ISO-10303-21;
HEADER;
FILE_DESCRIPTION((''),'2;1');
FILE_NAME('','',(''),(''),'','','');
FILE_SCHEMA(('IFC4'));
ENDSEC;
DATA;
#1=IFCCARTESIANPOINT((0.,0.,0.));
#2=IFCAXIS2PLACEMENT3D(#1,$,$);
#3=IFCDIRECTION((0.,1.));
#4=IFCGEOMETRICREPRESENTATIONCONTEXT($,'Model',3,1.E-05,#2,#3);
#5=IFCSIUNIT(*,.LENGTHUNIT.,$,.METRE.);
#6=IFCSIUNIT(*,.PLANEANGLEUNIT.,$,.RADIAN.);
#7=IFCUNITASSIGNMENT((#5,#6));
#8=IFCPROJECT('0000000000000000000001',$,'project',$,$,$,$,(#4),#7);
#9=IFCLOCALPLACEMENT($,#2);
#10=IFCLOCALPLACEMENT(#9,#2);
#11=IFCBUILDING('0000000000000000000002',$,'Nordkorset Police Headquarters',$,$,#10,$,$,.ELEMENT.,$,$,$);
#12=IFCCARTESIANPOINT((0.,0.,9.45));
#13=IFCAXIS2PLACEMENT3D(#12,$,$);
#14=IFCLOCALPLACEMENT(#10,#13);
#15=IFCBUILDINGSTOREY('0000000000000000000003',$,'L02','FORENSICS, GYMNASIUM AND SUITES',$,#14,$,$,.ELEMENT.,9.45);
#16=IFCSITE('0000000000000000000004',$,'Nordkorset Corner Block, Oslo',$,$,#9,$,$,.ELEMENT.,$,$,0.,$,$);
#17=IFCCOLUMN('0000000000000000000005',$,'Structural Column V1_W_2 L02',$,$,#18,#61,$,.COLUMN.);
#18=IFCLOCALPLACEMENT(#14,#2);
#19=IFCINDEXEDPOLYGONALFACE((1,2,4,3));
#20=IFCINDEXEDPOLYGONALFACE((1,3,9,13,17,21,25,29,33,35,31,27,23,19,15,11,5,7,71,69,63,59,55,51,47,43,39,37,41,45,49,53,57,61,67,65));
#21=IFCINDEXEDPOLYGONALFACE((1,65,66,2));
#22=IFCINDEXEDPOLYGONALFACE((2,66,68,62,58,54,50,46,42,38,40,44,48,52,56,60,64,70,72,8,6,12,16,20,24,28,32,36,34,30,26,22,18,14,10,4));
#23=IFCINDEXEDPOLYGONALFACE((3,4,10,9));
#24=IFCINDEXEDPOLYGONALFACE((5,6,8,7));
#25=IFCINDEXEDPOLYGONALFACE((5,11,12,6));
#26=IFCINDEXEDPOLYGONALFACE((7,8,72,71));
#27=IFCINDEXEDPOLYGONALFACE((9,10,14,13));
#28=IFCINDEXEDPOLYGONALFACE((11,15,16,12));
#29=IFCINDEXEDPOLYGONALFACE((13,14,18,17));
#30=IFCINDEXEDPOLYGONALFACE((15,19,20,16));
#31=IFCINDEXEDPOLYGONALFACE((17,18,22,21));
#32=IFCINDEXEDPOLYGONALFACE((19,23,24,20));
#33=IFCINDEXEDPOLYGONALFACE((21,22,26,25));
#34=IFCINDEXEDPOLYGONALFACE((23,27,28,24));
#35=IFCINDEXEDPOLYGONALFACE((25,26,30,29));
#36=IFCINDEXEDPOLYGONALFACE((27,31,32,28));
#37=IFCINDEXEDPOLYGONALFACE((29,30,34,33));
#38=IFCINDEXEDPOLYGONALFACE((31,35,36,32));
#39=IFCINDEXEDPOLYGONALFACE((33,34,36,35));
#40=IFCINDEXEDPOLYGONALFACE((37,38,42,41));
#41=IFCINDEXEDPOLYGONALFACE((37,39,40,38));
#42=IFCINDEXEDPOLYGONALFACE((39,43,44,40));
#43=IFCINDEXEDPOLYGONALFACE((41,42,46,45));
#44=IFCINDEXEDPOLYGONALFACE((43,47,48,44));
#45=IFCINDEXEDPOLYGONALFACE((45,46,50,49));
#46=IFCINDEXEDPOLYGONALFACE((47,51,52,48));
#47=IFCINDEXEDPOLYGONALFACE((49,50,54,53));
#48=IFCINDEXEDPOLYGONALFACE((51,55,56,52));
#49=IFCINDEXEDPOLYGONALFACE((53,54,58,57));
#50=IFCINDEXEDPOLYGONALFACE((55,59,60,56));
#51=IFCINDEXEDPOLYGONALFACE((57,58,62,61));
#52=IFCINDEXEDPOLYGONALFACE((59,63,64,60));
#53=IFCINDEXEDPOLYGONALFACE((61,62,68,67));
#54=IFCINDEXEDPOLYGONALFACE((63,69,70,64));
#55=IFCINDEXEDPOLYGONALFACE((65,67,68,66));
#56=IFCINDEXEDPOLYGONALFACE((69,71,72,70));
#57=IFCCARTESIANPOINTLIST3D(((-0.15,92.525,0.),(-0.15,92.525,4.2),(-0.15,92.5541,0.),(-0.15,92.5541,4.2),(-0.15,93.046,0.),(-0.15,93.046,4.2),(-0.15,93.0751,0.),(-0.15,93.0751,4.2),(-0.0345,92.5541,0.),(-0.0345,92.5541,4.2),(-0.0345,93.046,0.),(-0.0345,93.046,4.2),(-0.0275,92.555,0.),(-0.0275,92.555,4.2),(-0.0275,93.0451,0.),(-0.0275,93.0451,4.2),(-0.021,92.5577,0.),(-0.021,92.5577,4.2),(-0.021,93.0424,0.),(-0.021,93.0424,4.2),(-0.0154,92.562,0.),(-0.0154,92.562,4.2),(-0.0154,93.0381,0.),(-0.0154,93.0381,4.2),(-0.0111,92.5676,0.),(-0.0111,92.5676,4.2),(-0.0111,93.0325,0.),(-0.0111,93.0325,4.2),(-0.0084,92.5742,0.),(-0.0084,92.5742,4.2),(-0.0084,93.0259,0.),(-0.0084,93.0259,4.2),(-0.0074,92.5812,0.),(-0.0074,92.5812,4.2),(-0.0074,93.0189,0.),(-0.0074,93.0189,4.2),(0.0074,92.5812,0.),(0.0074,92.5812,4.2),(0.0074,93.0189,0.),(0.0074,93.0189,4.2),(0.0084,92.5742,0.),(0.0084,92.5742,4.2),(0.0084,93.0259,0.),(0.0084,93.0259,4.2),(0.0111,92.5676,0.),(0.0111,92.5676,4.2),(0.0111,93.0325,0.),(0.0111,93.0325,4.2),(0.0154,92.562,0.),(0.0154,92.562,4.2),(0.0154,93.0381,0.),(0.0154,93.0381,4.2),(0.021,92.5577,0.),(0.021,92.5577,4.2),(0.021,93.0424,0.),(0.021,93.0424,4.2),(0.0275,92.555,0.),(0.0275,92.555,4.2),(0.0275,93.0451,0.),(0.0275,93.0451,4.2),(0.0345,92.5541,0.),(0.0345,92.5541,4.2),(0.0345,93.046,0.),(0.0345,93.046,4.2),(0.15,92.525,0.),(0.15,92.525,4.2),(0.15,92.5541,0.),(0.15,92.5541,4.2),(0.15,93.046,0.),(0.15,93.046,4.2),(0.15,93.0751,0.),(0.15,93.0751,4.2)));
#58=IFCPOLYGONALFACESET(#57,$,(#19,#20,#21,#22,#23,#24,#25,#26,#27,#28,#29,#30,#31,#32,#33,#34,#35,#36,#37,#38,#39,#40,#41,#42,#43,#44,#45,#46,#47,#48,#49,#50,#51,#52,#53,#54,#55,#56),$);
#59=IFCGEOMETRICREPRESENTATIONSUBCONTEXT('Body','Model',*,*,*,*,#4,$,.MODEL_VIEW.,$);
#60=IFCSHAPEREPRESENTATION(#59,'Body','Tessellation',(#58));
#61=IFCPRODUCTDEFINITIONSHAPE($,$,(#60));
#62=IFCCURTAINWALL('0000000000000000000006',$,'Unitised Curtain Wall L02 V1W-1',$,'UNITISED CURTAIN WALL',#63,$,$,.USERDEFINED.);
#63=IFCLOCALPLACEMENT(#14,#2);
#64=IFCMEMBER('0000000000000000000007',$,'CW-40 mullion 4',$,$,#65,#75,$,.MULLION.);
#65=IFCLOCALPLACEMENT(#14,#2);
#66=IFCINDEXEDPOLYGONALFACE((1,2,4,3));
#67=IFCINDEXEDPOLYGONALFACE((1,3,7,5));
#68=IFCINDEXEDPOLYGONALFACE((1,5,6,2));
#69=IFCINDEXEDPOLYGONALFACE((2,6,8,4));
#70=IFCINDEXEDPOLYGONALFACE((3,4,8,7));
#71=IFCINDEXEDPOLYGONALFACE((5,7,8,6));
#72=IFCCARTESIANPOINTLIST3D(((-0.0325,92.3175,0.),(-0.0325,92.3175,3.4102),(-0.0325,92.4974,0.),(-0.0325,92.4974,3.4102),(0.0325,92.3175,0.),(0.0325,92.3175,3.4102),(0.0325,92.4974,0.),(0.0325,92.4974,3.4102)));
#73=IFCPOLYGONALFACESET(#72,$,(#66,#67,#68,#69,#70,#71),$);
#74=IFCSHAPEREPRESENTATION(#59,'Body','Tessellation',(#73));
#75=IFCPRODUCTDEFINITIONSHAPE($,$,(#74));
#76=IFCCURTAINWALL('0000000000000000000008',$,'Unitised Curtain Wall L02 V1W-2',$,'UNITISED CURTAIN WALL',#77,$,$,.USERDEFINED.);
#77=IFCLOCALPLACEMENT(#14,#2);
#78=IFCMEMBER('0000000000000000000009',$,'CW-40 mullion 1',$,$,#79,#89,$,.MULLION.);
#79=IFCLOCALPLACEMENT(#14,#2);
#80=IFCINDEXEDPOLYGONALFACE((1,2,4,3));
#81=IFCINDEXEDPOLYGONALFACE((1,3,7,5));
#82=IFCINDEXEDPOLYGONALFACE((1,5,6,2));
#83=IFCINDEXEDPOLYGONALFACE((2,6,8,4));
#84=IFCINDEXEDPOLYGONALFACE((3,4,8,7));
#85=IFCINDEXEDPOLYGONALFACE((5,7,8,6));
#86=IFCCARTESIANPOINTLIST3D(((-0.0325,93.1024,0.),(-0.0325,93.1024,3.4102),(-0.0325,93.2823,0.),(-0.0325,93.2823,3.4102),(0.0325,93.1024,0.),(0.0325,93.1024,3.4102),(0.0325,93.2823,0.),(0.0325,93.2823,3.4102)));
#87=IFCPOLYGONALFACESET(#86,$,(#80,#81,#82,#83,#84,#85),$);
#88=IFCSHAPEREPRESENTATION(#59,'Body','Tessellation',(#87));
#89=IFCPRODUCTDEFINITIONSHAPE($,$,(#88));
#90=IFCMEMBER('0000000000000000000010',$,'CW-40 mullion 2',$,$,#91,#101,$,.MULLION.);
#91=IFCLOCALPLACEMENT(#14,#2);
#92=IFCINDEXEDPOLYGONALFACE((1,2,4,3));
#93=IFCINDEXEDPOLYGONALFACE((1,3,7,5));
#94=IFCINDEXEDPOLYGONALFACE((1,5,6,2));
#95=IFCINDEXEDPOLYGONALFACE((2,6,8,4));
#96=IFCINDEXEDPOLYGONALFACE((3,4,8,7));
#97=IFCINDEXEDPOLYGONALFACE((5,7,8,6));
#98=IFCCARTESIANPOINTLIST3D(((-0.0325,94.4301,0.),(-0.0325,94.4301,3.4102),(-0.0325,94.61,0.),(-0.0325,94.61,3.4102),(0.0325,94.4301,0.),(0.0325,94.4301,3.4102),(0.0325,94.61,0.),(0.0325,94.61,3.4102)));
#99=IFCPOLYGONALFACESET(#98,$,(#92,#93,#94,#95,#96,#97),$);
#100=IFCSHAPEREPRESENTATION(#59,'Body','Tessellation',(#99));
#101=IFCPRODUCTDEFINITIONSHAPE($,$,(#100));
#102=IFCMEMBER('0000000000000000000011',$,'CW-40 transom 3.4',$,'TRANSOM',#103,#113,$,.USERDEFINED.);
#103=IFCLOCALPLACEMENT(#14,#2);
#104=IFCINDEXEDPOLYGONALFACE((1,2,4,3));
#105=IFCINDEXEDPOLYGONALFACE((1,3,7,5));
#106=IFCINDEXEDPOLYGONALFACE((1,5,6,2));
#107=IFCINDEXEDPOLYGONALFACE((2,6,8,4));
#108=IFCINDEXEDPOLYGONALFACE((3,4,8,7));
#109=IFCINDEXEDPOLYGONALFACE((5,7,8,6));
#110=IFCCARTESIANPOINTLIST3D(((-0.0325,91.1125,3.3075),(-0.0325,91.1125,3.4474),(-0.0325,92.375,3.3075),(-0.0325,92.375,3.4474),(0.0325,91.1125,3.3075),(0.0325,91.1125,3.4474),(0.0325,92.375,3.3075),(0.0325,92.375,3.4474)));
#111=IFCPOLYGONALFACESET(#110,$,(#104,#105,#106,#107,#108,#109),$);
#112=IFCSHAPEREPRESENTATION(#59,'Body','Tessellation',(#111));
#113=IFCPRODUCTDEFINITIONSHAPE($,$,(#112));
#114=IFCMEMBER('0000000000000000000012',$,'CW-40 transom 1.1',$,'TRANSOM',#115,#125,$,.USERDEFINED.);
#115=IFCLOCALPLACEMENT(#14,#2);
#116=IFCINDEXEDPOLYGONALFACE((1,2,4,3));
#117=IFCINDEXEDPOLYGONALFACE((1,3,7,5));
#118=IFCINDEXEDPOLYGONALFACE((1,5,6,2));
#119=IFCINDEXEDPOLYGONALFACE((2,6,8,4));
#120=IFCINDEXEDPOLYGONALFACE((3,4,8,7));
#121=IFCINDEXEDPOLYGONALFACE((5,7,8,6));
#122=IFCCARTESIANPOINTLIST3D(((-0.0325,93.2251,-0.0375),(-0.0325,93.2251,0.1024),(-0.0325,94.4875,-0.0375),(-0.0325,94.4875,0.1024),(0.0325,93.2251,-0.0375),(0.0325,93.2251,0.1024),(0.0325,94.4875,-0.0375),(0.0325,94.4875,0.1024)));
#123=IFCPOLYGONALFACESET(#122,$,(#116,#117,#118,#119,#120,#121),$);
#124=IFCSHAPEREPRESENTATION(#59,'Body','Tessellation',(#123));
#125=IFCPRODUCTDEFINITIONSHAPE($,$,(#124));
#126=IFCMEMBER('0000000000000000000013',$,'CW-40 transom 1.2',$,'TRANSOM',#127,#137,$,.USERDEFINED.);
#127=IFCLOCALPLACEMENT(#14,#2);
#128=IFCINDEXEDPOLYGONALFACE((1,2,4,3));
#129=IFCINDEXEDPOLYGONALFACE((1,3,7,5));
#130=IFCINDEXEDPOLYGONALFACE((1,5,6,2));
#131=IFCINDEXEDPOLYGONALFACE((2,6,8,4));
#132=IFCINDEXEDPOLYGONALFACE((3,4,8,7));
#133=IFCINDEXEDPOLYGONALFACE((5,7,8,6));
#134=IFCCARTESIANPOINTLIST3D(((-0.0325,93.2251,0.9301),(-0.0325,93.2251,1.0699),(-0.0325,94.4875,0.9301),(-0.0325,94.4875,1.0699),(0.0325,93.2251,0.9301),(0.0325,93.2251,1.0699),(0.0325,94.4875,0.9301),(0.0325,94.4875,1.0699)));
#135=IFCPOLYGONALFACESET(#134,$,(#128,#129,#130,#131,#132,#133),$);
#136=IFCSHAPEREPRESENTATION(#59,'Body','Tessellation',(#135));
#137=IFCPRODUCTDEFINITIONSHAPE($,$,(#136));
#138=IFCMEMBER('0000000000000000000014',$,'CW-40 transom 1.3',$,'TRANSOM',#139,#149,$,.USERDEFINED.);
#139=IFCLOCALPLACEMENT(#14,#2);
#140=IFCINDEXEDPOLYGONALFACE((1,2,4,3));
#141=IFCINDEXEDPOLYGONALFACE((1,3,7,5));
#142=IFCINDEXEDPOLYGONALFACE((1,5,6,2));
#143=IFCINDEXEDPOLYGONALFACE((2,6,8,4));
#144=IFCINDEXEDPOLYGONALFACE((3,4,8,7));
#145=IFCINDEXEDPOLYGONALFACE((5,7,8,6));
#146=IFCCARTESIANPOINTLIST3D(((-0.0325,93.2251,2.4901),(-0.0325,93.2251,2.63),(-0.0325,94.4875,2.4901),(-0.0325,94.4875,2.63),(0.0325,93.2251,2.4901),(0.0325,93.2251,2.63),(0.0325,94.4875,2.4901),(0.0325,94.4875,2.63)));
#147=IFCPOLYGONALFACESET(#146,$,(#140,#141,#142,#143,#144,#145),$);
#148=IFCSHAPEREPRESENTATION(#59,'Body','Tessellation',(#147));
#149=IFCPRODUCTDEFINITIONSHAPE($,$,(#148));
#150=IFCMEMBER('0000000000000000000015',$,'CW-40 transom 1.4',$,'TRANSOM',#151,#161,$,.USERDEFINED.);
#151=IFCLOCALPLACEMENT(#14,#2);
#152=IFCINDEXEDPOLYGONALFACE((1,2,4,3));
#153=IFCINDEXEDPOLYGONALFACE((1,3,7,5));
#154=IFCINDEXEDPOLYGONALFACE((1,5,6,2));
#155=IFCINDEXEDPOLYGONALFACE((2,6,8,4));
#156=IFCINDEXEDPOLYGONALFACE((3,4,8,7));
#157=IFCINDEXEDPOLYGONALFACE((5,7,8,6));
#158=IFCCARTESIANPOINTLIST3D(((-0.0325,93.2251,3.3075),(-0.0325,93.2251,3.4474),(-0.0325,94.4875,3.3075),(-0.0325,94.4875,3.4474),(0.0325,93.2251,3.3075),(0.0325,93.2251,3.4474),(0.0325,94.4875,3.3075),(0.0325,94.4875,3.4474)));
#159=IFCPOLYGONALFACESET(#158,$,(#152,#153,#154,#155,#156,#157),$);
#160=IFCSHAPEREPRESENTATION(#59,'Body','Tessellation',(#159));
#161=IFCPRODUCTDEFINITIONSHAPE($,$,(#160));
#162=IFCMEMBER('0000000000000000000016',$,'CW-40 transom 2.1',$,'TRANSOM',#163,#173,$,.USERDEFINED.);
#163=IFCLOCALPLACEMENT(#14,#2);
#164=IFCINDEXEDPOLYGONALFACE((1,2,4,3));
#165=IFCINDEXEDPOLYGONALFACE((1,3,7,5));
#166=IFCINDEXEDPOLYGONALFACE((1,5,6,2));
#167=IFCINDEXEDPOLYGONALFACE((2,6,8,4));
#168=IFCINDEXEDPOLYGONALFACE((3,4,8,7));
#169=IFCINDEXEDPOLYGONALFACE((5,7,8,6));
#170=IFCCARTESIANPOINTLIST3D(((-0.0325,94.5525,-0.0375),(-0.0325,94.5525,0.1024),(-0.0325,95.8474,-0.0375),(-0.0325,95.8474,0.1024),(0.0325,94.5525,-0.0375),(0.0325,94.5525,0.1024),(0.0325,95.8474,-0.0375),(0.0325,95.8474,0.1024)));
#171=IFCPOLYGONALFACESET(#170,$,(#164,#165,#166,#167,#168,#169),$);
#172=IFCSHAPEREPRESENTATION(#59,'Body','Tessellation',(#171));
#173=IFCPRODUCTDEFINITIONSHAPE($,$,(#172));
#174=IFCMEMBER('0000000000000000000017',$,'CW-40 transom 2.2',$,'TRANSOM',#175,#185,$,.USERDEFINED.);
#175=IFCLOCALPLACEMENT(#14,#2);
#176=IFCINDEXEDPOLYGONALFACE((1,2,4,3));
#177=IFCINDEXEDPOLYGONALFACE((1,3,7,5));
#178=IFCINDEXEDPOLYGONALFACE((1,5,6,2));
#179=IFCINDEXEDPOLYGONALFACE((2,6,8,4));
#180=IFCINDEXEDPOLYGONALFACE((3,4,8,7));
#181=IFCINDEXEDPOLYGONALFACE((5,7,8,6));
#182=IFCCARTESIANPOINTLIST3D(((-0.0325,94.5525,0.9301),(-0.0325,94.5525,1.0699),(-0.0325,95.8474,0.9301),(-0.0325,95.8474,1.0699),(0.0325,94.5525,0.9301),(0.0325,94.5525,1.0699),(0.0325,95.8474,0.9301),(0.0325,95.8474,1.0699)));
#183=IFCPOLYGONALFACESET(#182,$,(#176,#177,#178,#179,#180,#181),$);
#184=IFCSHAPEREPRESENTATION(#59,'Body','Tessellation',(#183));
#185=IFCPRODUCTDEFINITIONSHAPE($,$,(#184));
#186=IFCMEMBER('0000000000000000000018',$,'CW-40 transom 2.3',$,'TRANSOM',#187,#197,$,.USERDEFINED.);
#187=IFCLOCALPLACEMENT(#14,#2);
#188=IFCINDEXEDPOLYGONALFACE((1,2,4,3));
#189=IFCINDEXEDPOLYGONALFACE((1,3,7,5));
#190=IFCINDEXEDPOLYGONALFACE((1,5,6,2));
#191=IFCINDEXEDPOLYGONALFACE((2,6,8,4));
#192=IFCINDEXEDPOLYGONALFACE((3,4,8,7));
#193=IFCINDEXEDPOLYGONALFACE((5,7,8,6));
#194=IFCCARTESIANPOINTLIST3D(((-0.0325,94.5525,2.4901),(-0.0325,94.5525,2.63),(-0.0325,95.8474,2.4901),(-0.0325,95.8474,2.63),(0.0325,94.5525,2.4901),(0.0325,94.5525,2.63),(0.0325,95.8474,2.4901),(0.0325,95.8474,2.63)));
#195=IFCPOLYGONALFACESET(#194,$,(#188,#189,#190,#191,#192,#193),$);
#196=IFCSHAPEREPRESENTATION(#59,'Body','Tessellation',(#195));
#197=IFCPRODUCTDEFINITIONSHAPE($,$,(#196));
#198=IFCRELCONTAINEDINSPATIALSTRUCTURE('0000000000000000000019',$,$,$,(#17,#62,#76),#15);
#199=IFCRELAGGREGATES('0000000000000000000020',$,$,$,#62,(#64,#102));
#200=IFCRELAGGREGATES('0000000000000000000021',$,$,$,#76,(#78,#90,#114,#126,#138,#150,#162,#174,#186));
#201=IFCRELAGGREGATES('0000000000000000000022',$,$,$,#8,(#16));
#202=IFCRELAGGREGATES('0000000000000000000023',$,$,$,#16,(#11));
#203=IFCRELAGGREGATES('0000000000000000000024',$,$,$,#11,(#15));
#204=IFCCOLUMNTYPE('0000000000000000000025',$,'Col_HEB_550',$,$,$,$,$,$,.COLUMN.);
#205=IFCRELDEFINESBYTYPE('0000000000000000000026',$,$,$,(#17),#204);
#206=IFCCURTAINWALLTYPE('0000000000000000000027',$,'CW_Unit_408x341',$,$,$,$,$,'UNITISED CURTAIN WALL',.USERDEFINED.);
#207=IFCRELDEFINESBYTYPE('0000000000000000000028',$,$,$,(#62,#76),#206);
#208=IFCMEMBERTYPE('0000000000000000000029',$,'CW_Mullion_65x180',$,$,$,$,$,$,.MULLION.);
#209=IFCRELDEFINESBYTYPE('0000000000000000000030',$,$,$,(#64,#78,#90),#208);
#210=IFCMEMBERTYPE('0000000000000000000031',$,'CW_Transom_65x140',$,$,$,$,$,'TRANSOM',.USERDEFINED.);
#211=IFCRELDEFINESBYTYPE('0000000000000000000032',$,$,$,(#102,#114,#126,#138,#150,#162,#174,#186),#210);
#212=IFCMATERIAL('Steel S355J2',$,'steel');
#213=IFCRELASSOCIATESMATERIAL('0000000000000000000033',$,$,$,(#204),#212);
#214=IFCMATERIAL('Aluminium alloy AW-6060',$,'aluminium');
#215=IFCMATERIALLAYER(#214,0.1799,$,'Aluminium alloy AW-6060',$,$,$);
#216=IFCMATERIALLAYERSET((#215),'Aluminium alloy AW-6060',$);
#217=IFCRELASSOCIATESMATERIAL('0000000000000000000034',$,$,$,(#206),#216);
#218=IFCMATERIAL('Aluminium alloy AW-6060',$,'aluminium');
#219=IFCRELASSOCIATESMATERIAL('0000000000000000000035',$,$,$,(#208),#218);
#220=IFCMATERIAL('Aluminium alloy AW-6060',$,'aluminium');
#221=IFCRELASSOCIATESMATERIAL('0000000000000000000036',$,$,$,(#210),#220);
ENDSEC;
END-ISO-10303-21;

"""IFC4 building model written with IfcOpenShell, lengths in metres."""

from ifc_helpers import new_model, si_unit, direction, frame, origin, origin_2d, place, context, subcontext, project, spatial, rectangle, i_section, extrude, material, layer, layer_set, material_profile, profile_set, type_object, element, aggregate, save


model = new_model("IFC4")

# Units and contexts
model_context = context("Model", 3, precision=1e-05, world=origin(), true_north=direction((0.0, 1.0)))
body_context = subcontext(model_context, "Body", "Model", "MODEL_VIEW")
ifc_project = project(units=[si_unit("LENGTHUNIT", "METRE"), si_unit("PLANEANGLEUNIT", "RADIAN")], contexts=[model_context])

# Site, building, storey
site_placement = place(None, origin())
site = spatial("IfcSite", under=ifc_project, at=site_placement, Name="Nordkorset Corner Block, Oslo", CompositionType="ELEMENT", RefElevation=0.0)
building_placement = place(site_placement, origin())
building = spatial("IfcBuilding", under=site, at=building_placement, Name="Nordkorset Police Headquarters", CompositionType="ELEMENT")
storey_placement = place(building_placement, frame((0.0, 0.0, 9.45)))
storey = spatial("IfcBuildingStorey", under=building, at=storey_placement, Name="L02", Description="FORENSICS, GYMNASIUM AND SUITES", CompositionType="ELEMENT", Elevation=9.45)

# Column
ifc_material_1 = material(Name="Steel S355J2", Category="steel")
ifc_material_profile_1 = material_profile(ifc_material_1, i_section(OverallWidth=0.3, OverallDepth=0.55, WebThickness=0.0149, FlangeThickness=0.0291, FilletRadius=0.0271, at=origin_2d()), Name="HEB 550")
ifc_profile_set_1 = profile_set([ifc_material_profile_1], Name="Steel S355J2")
column_type = type_object("IfcColumnType", Name="Col_HEB_550", PredefinedType="COLUMN", material=ifc_profile_set_1)
column_placement = place(storey_placement, frame((0.0, 92.8, 0.0), z_axis=(0.0, 0.0, 1.0), x_axis=(1.0, 0.0, 0.0)))
element("IfcColumn", 1, at=column_placement, inside=storey, type_object=column_type, Name="Structural Column V1_W_2 L02", PredefinedType="COLUMN", context=body_context, shape_type="SweptSolid", body=[
    extrude(i_section(OverallWidth=0.3, OverallDepth=0.55, WebThickness=0.0149, FlangeThickness=0.0291, FilletRadius=0.0271, at=origin_2d()), origin(), (0.0, 0.0, 1.0), 4.2),
])

# Curtain wall, member
ifc_material_2 = material(Name="Aluminium alloy AW-6060", Category="aluminium")
ifc_layer_1 = layer(ifc_material_2, 0.1799, Name="Aluminium alloy AW-6060")
ifc_layer_set_1 = layer_set([ifc_layer_1], Name="Aluminium alloy AW-6060")
curtain_wall_type = type_object("IfcCurtainWallType", Name="CW_Unit_408x341", ElementType="UNITISED CURTAIN WALL", PredefinedType="USERDEFINED", material=ifc_layer_set_1)
curtain_wall_1_placement = place(storey_placement, origin())
curtain_wall_1 = element("IfcCurtainWall", 2, at=curtain_wall_1_placement, inside=storey, type_object=curtain_wall_type, Name="Unitised Curtain Wall L02 V1W-1", ObjectType="UNITISED CURTAIN WALL", PredefinedType="USERDEFINED")
ifc_material_3 = material(Name="Aluminium alloy AW-6060", Category="aluminium")
ifc_material_profile_2 = material_profile(ifc_material_3, rectangle(XDim=0.0649, YDim=0.1799, at=origin_2d()), Name="ALU MULL 65x180")
ifc_profile_set_2 = profile_set([ifc_material_profile_2], Name="Aluminium alloy AW-6060")
member_type_1 = type_object("IfcMemberType", Name="CW_Mullion_65x180", PredefinedType="MULLION", material=ifc_profile_set_2)
member_1_placement = place(storey_placement, frame((0.0, 92.4075, 0.0), z_axis=(0.0, 0.0, 1.0), x_axis=(-1.0, 0.0, 0.0)))
member_1 = element("IfcMember", 3, at=member_1_placement, type_object=member_type_1, Name="CW-40 mullion 4", PredefinedType="MULLION", context=body_context, shape_type="SweptSolid", body=[
    extrude(rectangle(XDim=0.0649, YDim=0.1799, at=origin_2d()), origin(), (0.0, 0.0, 1.0), 3.4102),
])

# Curtain wall, members
curtain_wall_2_placement = place(storey_placement, origin())
curtain_wall_2 = element("IfcCurtainWall", 4, at=curtain_wall_2_placement, inside=storey, type_object=curtain_wall_type, Name="Unitised Curtain Wall L02 V1W-2", ObjectType="UNITISED CURTAIN WALL", PredefinedType="USERDEFINED")
member_2_placement = place(storey_placement, frame((0.0, 93.1924, 0.0), z_axis=(0.0, 0.0, 1.0), x_axis=(-1.0, 0.0, 0.0)))
member_2 = element("IfcMember", 5, at=member_2_placement, type_object=member_type_1, Name="CW-40 mullion 1", PredefinedType="MULLION", context=body_context, shape_type="SweptSolid", body=[
    extrude(rectangle(XDim=0.0649, YDim=0.1799, at=origin_2d()), origin(), (0.0, 0.0, 1.0), 3.4102),
])
member_3_placement = place(storey_placement, frame((0.0, 94.52, 0.0), z_axis=(0.0, 0.0, 1.0), x_axis=(-1.0, 0.0, 0.0)))
member_3 = element("IfcMember", 6, at=member_3_placement, type_object=member_type_1, Name="CW-40 mullion 2", PredefinedType="MULLION", context=body_context, shape_type="SweptSolid", body=[
    extrude(rectangle(XDim=0.0649, YDim=0.1799, at=origin_2d()), origin(), (0.0, 0.0, 1.0), 3.4102),
])

# Members
ifc_material_4 = material(Name="Aluminium alloy AW-6060", Category="aluminium")
ifc_material_profile_3 = material_profile(ifc_material_4, rectangle(XDim=0.0649, YDim=0.1399, at=origin_2d()), Name="ALU TRAN 65x140")
ifc_profile_set_3 = profile_set([ifc_material_profile_3], Name="Aluminium alloy AW-6060")
member_type_2 = type_object("IfcMemberType", Name="CW_Transom_65x140", ElementType="TRANSOM", PredefinedType="USERDEFINED", material=ifc_profile_set_3)
member_4_placement = place(storey_placement, frame((0.0, 91.1125, 3.3774), z_axis=(0.0, 1.0, 0.0), x_axis=(-1.0, 0.0, 0.0)))
member_4 = element("IfcMember", 7, at=member_4_placement, type_object=member_type_2, Name="CW-40 transom 3.4", ObjectType="TRANSOM", PredefinedType="USERDEFINED", context=body_context, shape_type="SweptSolid", body=[
    extrude(rectangle(XDim=0.0649, YDim=0.1399, at=origin_2d()), origin(), (0.0, 0.0, 1.0), 1.2625),
])
member_5_placement = place(storey_placement, frame((0.0, 93.2251, 0.0325), z_axis=(0.0, 1.0, 0.0), x_axis=(-1.0, 0.0, 0.0)))
member_5 = element("IfcMember", 8, at=member_5_placement, type_object=member_type_2, Name="CW-40 transom 1.1", ObjectType="TRANSOM", PredefinedType="USERDEFINED", context=body_context, shape_type="SweptSolid", body=[
    extrude(rectangle(XDim=0.0649, YDim=0.1399, at=origin_2d()), origin(), (0.0, 0.0, 1.0), 1.2625),
])
member_6_placement = place(storey_placement, frame((0.0, 93.2251, 1.0), z_axis=(0.0, 1.0, 0.0), x_axis=(-1.0, 0.0, 0.0)))
member_6 = element("IfcMember", 9, at=member_6_placement, type_object=member_type_2, Name="CW-40 transom 1.2", ObjectType="TRANSOM", PredefinedType="USERDEFINED", context=body_context, shape_type="SweptSolid", body=[
    extrude(rectangle(XDim=0.0649, YDim=0.1399, at=origin_2d()), origin(), (0.0, 0.0, 1.0), 1.2625),
])
member_7_placement = place(storey_placement, frame((0.0, 93.2251, 2.5601), z_axis=(0.0, 1.0, 0.0), x_axis=(-1.0, 0.0, 0.0)))
member_7 = element("IfcMember", 10, at=member_7_placement, type_object=member_type_2, Name="CW-40 transom 1.3", ObjectType="TRANSOM", PredefinedType="USERDEFINED", context=body_context, shape_type="SweptSolid", body=[
    extrude(rectangle(XDim=0.0649, YDim=0.1399, at=origin_2d()), origin(), (0.0, 0.0, 1.0), 1.2625),
])
member_8_placement = place(storey_placement, frame((0.0, 93.2251, 3.3774), z_axis=(0.0, 1.0, 0.0), x_axis=(-1.0, 0.0, 0.0)))
member_8 = element("IfcMember", 11, at=member_8_placement, type_object=member_type_2, Name="CW-40 transom 1.4", ObjectType="TRANSOM", PredefinedType="USERDEFINED", context=body_context, shape_type="SweptSolid", body=[
    extrude(rectangle(XDim=0.0649, YDim=0.1399, at=origin_2d()), origin(), (0.0, 0.0, 1.0), 1.2625),
])
member_9_placement = place(storey_placement, frame((0.0, 94.5525, 0.0325), z_axis=(0.0, 1.0, 0.0), x_axis=(-1.0, 0.0, 0.0)))
member_9 = element("IfcMember", 12, at=member_9_placement, type_object=member_type_2, Name="CW-40 transom 2.1", ObjectType="TRANSOM", PredefinedType="USERDEFINED", context=body_context, shape_type="SweptSolid", body=[
    extrude(rectangle(XDim=0.0649, YDim=0.1399, at=origin_2d()), origin(), (0.0, 0.0, 1.0), 1.2949),
])
member_10_placement = place(storey_placement, frame((0.0, 94.5525, 1.0), z_axis=(0.0, 1.0, 0.0), x_axis=(-1.0, 0.0, 0.0)))
member_10 = element("IfcMember", 13, at=member_10_placement, type_object=member_type_2, Name="CW-40 transom 2.2", ObjectType="TRANSOM", PredefinedType="USERDEFINED", context=body_context, shape_type="SweptSolid", body=[
    extrude(rectangle(XDim=0.0649, YDim=0.1399, at=origin_2d()), origin(), (0.0, 0.0, 1.0), 1.2949),
])
member_11_placement = place(storey_placement, frame((0.0, 94.5525, 2.5601), z_axis=(0.0, 1.0, 0.0), x_axis=(-1.0, 0.0, 0.0)))
member_11 = element("IfcMember", 14, at=member_11_placement, type_object=member_type_2, Name="CW-40 transom 2.3", ObjectType="TRANSOM", PredefinedType="USERDEFINED", context=body_context, shape_type="SweptSolid", body=[
    extrude(rectangle(XDim=0.0649, YDim=0.1399, at=origin_2d()), origin(), (0.0, 0.0, 1.0), 1.2949),
])

aggregate(curtain_wall_1, [member_1, member_4])
aggregate(curtain_wall_2, [member_2, member_3, member_5, member_6, member_7, member_8, member_9, member_10, member_11])

save(model, "model.ifc")
